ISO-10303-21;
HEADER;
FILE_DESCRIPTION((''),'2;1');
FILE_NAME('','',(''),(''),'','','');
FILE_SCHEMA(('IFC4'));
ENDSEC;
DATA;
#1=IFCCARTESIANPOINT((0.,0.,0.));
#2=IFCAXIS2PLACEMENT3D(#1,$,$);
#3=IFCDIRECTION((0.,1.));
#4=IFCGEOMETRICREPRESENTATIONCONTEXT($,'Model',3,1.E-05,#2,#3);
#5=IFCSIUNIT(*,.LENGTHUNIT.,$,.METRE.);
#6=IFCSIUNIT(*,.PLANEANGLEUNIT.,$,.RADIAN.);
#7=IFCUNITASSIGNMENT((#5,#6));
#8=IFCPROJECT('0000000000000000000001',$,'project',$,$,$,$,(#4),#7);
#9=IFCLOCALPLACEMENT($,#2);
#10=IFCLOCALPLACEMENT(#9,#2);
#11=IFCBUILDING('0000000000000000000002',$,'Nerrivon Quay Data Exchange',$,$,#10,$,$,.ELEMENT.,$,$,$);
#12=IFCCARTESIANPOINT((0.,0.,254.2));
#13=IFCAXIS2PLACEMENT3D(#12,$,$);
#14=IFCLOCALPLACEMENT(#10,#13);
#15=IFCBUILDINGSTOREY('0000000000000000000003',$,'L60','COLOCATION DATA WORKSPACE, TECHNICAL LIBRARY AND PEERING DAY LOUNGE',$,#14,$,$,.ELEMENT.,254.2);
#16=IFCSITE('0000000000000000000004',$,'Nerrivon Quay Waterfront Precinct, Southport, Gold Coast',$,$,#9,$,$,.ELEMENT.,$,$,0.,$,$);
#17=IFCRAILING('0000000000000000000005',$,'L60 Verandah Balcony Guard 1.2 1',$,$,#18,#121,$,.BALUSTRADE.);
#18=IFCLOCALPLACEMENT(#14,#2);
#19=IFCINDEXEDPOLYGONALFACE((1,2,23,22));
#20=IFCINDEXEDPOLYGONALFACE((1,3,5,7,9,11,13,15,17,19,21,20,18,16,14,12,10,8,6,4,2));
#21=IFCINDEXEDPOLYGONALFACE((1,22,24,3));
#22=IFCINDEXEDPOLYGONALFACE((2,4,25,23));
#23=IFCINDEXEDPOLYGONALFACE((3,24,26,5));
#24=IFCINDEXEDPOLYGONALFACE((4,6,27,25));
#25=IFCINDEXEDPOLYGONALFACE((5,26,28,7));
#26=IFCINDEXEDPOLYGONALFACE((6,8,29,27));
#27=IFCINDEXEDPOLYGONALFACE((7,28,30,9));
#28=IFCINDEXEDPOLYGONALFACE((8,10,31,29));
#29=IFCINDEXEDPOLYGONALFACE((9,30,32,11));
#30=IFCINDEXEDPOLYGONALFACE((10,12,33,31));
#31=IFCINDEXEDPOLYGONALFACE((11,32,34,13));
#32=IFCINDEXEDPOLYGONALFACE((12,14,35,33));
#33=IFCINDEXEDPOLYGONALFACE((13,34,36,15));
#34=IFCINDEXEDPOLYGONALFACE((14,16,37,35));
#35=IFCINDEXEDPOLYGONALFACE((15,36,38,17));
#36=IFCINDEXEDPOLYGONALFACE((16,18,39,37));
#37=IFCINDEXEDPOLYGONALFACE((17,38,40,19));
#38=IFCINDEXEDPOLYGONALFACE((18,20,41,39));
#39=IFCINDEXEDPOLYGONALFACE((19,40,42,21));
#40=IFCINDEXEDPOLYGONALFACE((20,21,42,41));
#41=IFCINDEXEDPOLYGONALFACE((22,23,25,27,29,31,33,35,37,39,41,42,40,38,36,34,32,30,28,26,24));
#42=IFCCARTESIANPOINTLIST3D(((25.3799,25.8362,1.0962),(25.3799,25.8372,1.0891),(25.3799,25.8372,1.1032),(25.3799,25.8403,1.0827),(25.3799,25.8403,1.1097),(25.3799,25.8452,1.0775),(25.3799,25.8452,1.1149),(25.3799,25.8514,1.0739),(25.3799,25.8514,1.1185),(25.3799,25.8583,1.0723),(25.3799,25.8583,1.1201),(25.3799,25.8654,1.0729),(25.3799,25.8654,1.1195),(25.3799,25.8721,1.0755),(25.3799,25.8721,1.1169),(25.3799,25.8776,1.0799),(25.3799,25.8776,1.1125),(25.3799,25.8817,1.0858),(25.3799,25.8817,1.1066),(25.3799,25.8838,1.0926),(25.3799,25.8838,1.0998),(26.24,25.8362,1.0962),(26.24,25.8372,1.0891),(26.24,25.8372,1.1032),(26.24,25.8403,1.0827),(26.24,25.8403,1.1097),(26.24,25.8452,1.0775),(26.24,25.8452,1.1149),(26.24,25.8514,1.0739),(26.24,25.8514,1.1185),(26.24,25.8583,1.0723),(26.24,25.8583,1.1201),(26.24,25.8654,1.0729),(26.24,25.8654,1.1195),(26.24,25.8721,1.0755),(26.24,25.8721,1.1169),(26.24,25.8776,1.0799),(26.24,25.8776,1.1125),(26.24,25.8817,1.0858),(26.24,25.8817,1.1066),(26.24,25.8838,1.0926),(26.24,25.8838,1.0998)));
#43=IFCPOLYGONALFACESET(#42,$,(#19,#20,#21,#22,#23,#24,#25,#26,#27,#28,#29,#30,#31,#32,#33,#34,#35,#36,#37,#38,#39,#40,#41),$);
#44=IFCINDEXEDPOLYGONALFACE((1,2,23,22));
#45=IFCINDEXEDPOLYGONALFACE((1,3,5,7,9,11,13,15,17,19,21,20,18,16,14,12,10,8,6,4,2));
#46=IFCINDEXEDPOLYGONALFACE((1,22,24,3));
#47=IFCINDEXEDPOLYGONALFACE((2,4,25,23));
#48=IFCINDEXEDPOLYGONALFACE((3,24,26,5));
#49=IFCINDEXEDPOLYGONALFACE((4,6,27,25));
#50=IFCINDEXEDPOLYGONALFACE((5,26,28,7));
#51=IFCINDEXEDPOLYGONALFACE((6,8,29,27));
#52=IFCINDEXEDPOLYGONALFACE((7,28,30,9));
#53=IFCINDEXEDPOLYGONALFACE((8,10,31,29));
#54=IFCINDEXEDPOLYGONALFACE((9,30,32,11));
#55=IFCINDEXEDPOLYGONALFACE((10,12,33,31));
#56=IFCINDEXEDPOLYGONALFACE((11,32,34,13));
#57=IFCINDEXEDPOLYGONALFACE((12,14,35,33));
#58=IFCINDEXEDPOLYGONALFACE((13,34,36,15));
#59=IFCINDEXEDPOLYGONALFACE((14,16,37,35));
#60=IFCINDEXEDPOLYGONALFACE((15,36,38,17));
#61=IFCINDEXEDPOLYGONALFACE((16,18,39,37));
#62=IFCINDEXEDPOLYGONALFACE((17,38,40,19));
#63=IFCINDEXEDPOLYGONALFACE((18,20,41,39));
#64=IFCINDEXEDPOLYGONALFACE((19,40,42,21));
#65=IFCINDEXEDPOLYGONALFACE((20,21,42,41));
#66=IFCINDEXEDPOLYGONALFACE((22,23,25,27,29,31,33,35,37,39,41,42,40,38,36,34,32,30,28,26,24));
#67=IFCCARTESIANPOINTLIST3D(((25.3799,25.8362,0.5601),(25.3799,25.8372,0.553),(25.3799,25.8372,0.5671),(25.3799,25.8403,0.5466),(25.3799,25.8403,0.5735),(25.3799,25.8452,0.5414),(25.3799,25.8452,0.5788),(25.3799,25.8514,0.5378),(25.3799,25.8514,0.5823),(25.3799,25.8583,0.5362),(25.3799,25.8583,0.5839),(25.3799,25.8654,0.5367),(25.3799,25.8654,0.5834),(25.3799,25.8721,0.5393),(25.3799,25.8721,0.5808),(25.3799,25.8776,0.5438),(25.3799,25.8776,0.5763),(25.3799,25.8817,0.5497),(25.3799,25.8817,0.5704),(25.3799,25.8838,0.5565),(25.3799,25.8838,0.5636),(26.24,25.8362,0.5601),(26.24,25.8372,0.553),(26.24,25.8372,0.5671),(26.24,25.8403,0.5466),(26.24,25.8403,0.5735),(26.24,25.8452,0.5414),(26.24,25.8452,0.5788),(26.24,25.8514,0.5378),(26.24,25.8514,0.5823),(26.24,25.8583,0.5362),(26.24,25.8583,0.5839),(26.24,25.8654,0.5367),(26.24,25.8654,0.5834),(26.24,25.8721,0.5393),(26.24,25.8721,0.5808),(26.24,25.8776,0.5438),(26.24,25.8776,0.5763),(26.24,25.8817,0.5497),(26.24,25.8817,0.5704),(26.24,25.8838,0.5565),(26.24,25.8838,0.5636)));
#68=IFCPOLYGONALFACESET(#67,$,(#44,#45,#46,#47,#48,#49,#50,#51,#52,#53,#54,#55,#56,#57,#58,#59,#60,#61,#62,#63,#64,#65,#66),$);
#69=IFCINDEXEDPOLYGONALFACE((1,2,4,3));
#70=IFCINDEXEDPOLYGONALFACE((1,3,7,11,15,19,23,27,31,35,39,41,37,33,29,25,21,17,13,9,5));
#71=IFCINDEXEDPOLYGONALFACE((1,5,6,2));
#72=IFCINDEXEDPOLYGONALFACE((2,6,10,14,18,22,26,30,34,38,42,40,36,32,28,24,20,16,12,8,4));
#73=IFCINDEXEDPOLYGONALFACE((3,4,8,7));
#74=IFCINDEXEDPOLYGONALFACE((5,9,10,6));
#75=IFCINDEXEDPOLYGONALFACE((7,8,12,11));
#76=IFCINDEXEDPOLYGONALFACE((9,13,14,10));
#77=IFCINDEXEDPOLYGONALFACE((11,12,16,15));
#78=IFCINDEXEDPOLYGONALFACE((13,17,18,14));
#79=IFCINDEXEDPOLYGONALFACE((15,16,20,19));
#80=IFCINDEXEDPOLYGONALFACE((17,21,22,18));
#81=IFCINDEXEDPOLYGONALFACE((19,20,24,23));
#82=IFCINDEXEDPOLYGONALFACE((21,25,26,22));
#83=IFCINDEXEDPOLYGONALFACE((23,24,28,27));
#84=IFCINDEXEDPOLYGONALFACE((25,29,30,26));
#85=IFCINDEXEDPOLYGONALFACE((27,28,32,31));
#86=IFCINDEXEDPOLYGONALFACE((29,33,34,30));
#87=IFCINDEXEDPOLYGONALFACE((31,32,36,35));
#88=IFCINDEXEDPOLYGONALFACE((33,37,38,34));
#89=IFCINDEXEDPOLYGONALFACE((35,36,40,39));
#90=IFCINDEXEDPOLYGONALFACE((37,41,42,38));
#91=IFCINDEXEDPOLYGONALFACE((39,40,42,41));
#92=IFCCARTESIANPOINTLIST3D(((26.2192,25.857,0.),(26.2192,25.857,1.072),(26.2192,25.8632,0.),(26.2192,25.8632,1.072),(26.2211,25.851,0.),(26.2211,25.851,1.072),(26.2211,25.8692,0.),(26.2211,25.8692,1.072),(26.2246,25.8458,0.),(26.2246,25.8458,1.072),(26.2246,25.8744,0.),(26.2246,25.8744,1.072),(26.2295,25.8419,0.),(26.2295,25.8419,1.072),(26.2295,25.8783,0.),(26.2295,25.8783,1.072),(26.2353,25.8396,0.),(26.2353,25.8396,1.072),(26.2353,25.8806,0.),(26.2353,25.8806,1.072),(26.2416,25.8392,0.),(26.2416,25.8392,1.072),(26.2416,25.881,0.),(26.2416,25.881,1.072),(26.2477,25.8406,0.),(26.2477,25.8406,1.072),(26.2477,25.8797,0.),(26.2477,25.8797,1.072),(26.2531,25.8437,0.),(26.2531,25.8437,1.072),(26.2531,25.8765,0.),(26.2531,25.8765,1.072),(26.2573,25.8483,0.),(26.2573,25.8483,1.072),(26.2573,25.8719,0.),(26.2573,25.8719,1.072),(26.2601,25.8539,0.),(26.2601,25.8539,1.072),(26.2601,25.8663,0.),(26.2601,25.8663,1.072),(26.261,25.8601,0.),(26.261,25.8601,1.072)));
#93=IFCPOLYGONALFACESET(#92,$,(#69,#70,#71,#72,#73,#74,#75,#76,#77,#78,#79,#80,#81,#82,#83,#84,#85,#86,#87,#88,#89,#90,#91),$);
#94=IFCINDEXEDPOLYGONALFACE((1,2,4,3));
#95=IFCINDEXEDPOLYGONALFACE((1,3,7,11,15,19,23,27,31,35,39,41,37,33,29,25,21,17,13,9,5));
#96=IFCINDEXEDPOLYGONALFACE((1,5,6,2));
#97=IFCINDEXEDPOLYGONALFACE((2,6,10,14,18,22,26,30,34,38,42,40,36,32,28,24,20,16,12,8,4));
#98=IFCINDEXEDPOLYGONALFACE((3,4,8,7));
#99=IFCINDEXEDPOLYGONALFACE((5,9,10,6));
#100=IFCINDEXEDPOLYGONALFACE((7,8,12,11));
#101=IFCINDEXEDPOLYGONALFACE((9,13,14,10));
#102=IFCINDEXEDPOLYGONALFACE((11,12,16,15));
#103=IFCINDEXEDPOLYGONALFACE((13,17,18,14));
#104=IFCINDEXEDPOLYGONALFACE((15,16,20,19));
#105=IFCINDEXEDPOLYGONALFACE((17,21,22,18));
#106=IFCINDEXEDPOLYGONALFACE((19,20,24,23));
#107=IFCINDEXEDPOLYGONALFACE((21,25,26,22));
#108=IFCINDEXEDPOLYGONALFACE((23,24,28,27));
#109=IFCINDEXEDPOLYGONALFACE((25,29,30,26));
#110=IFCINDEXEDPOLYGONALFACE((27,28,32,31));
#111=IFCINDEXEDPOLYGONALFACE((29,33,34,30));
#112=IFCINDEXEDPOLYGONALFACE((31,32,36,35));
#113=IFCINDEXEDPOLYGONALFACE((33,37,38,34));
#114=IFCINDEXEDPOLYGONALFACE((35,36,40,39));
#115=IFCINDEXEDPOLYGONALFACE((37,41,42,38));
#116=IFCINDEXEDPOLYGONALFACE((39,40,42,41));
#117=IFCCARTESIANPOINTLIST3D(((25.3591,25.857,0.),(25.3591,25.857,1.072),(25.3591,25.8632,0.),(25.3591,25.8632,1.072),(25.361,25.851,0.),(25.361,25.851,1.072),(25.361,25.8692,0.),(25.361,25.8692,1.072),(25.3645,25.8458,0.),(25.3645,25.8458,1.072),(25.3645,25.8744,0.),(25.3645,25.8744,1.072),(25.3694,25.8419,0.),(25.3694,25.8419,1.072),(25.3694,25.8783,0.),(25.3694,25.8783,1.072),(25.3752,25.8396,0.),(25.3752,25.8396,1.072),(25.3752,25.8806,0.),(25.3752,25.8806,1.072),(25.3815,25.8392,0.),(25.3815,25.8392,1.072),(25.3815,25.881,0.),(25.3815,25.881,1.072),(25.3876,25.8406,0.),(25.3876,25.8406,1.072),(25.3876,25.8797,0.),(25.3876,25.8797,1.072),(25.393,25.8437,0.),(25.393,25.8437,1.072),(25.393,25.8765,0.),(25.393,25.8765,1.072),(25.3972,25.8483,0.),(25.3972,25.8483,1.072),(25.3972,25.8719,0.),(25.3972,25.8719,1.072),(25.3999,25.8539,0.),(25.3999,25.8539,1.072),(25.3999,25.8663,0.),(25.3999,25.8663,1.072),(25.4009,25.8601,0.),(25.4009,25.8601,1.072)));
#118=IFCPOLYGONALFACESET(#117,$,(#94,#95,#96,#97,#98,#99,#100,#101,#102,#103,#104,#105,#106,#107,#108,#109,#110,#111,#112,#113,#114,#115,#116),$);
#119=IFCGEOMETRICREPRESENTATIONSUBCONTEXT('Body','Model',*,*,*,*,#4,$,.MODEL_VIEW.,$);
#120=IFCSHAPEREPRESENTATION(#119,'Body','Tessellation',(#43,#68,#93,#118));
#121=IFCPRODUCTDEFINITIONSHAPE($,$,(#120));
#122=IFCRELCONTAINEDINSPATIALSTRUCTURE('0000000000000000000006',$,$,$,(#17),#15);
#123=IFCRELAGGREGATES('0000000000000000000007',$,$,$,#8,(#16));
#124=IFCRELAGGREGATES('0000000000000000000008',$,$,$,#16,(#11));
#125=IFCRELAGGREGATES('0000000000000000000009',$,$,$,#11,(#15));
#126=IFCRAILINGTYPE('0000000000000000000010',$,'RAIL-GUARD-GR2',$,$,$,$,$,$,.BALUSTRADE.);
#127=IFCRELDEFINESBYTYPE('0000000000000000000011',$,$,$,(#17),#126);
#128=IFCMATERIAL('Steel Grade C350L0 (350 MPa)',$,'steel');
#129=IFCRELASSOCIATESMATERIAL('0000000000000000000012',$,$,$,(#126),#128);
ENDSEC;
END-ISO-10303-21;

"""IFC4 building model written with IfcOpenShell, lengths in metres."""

from ifc_helpers import new_model, si_unit, direction, frame, origin, origin_2d, place, context, subcontext, project, spatial, circle, extrude, material, type_object, element, save


model = new_model("IFC4")

# Units and contexts
model_context = context("Model", 3, precision=1e-05, world=origin(), true_north=direction((0.0, 1.0)))
body_context = subcontext(model_context, "Body", "Model", "MODEL_VIEW")
ifc_project = project(units=[si_unit("LENGTHUNIT", "METRE"), si_unit("PLANEANGLEUNIT", "RADIAN")], contexts=[model_context])

# Site, building, storey
site_placement = place(None, origin())
site = spatial("IfcSite", under=ifc_project, at=site_placement, Name="Nerrivon Quay Waterfront Precinct, Southport, Gold Coast", CompositionType="ELEMENT", RefElevation=0.0)
building_placement = place(site_placement, origin())
building = spatial("IfcBuilding", under=site, at=building_placement, Name="Nerrivon Quay Data Exchange", CompositionType="ELEMENT")
storey_placement = place(building_placement, frame((0.0, 0.0, 254.2)))
storey = spatial("IfcBuildingStorey", under=building, at=storey_placement, Name="L60", Description="COLOCATION DATA WORKSPACE, TECHNICAL LIBRARY AND PEERING DAY LOUNGE", CompositionType="ELEMENT", Elevation=254.2)

# Shared definitions
ifc_material_1 = material(Name="Steel Grade C350L0 (350 MPa)", Category="steel")

# Railing
railing_type = type_object("IfcRailingType", Name="RAIL-GUARD-GR2", PredefinedType="BALUSTRADE", material=ifc_material_1)
railing_1_placement = place(storey_placement, frame((26.24, 25.8601, 0.0)))
element("IfcRailing", 1, at=railing_1_placement, inside=storey, type_object=railing_type, Name="L60 Verandah Balcony Guard 1.2 1", PredefinedType="BALUSTRADE", context=body_context, shape_type="SweptSolid", body=[
    extrude(circle(Radius=0.0239, at=origin_2d()), frame((0.0, 0.0, 1.0962), z_axis=(-1.0, 0.0, 0.0), x_axis=(0.0, -1.0, 0.0)), (0.0, 0.0, 1.0), 0.8601),
    extrude(circle(Radius=0.0239, at=origin_2d()), frame((0.0, 0.0, 0.5601), z_axis=(-1.0, 0.0, 0.0), x_axis=(0.0, -1.0, 0.0)), (0.0, 0.0, 1.0), 0.8601),
    extrude(circle(Radius=0.021, at=origin_2d()), origin(), (0.0, 0.0, 1.0), 1.072),
    extrude(circle(Radius=0.021, at=origin_2d()), frame((-0.8601, 0.0, 0.0)), (0.0, 0.0, 1.0), 1.072),
])

save(model, "model.ifc")
